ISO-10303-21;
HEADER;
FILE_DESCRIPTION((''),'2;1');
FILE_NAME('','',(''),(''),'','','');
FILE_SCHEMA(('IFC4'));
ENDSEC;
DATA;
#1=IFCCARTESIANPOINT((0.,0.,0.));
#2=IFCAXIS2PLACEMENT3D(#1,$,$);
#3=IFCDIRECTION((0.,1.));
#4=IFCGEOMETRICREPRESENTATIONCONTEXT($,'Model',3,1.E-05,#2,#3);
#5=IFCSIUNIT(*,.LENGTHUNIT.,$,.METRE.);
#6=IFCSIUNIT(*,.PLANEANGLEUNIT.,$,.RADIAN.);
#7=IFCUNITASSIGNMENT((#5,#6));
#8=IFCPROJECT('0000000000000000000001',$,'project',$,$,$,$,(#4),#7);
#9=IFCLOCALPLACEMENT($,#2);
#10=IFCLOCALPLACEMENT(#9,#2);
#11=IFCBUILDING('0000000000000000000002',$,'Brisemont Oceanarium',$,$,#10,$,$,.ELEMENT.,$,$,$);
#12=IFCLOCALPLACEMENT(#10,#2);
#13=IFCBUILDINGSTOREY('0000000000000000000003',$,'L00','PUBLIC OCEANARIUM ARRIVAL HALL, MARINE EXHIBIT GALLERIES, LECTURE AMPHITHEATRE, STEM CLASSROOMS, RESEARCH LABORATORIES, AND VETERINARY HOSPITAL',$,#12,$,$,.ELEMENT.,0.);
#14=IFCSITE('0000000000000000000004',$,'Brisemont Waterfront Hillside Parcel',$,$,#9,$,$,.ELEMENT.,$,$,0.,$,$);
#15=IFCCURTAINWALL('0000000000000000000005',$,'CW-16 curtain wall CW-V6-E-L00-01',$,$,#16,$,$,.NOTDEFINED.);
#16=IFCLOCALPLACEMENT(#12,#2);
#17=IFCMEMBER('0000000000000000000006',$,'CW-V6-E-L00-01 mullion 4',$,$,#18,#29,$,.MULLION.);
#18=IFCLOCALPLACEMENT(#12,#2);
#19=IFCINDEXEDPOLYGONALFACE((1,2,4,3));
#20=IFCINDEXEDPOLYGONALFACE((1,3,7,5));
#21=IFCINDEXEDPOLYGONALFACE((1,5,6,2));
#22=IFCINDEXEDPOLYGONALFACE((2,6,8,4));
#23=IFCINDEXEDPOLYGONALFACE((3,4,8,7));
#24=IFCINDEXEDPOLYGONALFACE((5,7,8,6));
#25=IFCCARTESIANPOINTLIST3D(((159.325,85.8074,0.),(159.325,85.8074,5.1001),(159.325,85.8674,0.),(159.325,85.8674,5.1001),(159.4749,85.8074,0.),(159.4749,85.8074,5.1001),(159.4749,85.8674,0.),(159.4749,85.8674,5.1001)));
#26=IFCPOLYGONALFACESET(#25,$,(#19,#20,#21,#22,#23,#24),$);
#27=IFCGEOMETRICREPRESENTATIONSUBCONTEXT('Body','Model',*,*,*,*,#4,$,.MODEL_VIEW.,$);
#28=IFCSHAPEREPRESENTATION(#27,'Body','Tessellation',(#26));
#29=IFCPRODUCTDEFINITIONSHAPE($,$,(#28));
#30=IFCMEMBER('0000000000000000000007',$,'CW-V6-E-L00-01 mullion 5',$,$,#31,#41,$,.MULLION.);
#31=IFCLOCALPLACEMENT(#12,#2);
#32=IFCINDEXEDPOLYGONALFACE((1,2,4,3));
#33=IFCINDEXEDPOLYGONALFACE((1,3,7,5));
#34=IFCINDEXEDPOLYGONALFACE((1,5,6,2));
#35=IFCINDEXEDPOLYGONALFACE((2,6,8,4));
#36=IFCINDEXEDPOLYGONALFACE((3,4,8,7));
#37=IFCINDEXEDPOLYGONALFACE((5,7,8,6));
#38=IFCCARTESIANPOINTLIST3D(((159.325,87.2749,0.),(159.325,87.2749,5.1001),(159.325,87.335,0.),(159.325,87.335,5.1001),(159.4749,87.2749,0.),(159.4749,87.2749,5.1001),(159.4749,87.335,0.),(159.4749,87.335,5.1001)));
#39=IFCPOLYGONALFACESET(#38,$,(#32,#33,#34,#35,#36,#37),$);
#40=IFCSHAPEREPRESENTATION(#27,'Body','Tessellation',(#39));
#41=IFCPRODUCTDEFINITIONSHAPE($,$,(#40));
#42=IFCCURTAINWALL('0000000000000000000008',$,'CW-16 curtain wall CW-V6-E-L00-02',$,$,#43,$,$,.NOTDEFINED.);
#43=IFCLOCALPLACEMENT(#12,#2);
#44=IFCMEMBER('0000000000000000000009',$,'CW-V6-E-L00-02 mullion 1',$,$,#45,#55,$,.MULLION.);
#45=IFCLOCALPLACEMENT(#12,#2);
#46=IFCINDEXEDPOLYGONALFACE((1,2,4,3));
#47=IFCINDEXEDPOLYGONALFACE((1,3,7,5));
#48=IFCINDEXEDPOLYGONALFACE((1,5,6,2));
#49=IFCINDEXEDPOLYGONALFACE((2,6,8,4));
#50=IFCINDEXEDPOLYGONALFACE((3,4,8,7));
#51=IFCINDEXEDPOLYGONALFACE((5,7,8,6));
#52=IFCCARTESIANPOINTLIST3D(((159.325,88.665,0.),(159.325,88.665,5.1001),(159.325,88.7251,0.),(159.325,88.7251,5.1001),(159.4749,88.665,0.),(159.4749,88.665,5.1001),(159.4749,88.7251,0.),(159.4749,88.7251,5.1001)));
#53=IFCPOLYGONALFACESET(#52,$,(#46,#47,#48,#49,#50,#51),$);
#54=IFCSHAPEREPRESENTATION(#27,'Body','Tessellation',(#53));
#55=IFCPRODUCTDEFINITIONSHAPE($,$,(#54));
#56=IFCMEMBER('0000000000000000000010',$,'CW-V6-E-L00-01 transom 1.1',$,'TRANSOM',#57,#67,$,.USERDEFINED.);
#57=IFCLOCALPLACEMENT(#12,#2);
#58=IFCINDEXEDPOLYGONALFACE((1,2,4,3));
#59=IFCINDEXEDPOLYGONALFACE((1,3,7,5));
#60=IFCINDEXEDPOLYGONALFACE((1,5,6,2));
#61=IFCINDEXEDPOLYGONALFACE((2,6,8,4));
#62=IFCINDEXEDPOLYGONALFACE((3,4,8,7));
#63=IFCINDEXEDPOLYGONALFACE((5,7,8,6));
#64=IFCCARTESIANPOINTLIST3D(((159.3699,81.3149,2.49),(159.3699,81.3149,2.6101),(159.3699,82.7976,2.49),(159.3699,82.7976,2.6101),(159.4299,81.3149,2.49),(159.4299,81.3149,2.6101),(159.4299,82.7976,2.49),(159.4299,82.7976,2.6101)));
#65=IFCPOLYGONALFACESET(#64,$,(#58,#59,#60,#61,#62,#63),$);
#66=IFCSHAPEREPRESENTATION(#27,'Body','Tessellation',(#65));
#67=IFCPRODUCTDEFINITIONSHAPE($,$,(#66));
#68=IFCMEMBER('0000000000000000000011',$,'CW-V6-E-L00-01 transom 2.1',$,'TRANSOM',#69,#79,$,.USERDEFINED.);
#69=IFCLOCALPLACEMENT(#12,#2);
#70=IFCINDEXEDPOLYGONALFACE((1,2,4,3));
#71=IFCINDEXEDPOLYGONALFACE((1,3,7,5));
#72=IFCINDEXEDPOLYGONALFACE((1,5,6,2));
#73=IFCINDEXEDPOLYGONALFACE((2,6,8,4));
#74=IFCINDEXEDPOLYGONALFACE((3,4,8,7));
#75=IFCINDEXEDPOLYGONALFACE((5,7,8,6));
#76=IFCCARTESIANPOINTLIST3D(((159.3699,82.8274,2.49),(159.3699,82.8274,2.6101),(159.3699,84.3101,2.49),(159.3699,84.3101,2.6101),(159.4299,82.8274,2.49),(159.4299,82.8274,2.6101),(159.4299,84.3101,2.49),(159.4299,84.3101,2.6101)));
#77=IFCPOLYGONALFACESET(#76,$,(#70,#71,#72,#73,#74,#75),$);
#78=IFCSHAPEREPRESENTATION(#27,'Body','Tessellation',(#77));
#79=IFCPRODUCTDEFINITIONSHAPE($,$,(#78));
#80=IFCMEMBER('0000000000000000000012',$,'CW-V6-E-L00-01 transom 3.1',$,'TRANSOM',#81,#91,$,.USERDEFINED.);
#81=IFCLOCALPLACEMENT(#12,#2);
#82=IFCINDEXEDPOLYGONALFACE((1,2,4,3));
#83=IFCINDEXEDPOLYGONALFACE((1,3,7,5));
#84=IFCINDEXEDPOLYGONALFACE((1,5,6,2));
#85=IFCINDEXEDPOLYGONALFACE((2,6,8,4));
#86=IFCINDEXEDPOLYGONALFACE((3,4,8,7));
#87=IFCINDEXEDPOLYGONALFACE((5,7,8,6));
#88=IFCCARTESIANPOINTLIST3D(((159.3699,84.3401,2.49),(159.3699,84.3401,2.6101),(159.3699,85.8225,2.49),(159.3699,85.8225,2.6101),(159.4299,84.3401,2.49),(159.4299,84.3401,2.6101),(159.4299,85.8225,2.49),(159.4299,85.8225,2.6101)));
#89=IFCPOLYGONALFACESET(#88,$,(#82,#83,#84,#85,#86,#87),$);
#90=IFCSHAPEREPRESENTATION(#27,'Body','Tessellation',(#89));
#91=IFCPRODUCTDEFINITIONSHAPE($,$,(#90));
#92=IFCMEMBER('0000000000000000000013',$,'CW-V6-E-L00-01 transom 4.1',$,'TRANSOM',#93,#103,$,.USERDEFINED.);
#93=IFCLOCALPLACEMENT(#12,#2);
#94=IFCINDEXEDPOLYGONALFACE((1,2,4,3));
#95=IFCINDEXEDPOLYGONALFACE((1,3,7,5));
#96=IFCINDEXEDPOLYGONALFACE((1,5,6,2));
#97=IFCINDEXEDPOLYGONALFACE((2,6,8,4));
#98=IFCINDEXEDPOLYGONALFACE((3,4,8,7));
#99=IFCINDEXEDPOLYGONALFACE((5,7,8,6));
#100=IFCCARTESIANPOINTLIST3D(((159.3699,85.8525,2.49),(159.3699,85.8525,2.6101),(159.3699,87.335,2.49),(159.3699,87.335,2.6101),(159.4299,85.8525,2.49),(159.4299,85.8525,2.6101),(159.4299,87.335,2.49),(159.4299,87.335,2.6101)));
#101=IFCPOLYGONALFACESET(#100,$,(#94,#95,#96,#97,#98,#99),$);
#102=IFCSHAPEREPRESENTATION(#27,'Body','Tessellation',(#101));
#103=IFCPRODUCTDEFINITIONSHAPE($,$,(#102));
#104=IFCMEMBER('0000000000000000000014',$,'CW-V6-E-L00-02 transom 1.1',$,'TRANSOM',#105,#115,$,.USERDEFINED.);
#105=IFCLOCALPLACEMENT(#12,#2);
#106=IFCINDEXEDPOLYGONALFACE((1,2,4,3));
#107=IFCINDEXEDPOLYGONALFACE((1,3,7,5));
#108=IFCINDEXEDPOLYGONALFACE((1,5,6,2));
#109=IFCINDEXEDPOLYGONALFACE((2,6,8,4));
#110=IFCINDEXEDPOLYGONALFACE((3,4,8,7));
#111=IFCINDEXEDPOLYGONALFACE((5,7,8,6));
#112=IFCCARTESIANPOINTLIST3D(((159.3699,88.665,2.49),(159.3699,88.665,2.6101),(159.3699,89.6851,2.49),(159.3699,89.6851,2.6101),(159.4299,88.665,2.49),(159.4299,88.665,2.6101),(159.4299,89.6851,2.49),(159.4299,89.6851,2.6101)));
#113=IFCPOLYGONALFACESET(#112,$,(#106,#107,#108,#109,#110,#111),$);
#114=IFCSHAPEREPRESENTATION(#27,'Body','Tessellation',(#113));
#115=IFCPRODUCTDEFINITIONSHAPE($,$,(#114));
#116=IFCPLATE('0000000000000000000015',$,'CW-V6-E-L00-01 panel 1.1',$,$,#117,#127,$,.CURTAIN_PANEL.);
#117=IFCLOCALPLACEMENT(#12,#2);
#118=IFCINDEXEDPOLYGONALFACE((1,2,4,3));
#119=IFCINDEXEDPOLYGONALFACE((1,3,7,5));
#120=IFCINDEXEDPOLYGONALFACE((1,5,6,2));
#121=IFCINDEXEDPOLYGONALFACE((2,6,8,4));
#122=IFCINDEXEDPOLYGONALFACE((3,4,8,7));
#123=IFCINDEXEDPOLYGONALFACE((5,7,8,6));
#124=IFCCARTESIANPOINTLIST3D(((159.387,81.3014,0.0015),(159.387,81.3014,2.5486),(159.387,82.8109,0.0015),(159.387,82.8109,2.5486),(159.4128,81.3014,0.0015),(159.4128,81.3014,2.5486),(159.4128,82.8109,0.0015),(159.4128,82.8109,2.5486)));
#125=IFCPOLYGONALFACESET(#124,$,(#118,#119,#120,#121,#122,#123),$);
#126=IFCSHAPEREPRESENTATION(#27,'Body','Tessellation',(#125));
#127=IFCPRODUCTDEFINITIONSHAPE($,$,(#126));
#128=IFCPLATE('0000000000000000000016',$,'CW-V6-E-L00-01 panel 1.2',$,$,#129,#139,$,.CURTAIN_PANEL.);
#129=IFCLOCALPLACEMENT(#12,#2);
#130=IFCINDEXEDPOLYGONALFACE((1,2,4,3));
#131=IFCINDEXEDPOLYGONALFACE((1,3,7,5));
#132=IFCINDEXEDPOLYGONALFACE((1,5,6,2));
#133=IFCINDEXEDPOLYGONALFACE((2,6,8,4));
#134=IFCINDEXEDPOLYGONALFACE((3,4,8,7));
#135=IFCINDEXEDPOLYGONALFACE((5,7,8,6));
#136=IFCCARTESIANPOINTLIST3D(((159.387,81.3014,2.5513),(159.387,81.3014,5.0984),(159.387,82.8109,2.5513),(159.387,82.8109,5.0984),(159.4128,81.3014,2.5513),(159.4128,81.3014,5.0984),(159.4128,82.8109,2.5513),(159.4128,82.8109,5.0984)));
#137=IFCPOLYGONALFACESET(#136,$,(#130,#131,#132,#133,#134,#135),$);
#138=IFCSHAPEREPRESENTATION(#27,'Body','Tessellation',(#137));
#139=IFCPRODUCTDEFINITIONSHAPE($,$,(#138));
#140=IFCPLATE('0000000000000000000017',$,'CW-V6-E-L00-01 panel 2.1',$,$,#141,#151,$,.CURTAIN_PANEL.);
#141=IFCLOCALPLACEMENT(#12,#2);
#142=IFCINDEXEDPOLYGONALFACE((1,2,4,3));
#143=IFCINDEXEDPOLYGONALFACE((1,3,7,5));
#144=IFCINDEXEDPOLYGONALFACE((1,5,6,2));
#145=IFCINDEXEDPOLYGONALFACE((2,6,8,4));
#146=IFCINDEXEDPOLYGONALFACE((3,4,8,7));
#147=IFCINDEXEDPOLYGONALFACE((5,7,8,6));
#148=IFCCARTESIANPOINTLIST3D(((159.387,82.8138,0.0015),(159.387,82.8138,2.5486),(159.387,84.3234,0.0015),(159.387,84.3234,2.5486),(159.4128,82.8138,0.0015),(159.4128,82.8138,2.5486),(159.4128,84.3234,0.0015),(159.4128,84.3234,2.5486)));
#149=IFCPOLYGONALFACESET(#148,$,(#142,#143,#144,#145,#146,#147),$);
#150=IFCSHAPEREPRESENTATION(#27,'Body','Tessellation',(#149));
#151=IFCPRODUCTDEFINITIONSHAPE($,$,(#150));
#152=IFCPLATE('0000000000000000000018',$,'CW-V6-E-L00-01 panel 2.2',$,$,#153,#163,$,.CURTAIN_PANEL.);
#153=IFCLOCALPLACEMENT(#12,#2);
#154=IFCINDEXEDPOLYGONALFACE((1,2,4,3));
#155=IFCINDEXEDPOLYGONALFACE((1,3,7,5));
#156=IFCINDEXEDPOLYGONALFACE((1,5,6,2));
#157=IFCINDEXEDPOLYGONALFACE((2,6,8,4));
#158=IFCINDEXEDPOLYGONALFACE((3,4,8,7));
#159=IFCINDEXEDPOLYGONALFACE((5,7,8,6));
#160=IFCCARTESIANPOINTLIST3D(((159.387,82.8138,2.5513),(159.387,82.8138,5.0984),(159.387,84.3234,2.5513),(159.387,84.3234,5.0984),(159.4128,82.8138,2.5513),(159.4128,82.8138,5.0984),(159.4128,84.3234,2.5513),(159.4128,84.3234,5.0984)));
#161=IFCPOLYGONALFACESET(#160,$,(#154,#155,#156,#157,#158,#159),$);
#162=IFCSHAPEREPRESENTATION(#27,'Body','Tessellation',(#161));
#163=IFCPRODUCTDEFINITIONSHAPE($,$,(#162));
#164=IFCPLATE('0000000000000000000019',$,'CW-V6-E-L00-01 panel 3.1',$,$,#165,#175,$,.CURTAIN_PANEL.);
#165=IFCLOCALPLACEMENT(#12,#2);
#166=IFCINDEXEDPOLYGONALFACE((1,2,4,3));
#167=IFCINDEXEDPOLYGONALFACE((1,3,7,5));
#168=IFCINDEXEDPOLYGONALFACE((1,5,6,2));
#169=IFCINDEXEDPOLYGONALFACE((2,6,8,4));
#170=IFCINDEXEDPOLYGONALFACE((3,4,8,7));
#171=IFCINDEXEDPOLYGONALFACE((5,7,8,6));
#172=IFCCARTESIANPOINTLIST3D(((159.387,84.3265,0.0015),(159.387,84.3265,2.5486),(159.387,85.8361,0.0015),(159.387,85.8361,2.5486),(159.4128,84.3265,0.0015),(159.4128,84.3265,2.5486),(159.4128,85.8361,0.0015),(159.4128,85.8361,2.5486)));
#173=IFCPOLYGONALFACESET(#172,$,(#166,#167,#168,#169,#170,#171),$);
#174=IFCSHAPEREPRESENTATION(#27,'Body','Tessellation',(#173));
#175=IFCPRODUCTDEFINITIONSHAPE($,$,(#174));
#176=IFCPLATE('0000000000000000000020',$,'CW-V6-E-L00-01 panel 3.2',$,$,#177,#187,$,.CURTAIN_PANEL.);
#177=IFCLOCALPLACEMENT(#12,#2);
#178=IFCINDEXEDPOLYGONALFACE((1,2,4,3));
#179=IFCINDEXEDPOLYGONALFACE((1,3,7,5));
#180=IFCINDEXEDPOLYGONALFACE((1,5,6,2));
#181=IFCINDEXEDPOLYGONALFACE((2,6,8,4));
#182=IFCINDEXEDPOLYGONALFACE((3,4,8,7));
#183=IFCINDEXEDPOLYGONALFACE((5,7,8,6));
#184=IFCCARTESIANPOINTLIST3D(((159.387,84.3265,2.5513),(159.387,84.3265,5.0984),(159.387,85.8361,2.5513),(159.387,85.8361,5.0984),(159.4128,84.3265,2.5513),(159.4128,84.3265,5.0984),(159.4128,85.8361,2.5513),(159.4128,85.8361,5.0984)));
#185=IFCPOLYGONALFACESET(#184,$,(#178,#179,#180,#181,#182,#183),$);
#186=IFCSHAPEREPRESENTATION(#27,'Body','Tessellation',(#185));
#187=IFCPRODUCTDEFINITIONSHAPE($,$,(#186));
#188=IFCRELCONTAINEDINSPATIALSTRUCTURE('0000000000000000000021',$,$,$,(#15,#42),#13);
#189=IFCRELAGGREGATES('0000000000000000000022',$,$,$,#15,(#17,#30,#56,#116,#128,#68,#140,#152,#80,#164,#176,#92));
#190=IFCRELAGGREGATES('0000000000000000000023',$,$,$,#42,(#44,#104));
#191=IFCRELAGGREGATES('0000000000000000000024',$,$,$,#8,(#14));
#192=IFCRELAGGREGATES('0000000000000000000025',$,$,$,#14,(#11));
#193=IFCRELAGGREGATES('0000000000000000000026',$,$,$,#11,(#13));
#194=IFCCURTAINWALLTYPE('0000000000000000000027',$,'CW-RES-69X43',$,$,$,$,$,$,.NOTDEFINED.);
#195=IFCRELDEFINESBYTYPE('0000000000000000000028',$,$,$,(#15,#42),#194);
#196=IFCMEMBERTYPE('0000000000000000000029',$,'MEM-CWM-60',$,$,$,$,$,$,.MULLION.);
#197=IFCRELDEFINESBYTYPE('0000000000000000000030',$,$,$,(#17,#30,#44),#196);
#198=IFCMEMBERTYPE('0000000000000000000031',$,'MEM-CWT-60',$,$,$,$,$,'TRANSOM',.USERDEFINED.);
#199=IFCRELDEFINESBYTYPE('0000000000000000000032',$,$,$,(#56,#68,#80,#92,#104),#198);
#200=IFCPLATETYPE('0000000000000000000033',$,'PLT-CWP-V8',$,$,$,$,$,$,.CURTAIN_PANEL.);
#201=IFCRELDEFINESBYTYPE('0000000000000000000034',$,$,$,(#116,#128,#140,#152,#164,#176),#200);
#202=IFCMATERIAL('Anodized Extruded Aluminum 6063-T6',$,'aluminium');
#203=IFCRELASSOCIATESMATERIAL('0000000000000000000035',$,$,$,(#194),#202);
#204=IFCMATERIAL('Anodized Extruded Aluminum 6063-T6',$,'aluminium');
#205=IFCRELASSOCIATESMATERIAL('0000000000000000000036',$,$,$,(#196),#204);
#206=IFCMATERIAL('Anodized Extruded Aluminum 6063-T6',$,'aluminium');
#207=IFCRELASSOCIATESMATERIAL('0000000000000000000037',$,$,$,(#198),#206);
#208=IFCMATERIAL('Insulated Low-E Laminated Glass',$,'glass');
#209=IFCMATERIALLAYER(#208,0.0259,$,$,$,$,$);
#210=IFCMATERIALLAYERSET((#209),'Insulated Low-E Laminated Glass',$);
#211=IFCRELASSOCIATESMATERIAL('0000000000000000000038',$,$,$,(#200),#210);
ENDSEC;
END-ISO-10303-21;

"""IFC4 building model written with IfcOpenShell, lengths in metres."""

from ifc_helpers import new_model, si_unit, direction, frame, origin, origin_2d, place, context, subcontext, project, spatial, rectangle, extrude, material, layer, layer_set, material_profile, profile_set, type_object, element, aggregate, save


model = new_model("IFC4")

# Units and contexts
model_context = context("Model", 3, precision=1e-05, world=origin(), true_north=direction((0.0, 1.0)))
body_context = subcontext(model_context, "Body", "Model", "MODEL_VIEW")
ifc_project = project(units=[si_unit("LENGTHUNIT", "METRE"), si_unit("PLANEANGLEUNIT", "RADIAN")], contexts=[model_context])

# Site, building, storey
site_placement = place(None, origin())
site = spatial("IfcSite", under=ifc_project, at=site_placement, Name="Brisemont Waterfront Hillside Parcel", CompositionType="ELEMENT", RefElevation=0.0)
building_placement = place(site_placement, origin())
building = spatial("IfcBuilding", under=site, at=building_placement, Name="Brisemont Oceanarium", CompositionType="ELEMENT")
storey_placement = place(building_placement, origin())
storey = spatial("IfcBuildingStorey", under=building, at=storey_placement, Name="L00", Description="PUBLIC OCEANARIUM ARRIVAL HALL, MARINE EXHIBIT GALLERIES, LECTURE AMPHITHEATRE, STEM CLASSROOMS, RESEARCH LABORATORIES, AND VETERINARY HOSPITAL", CompositionType="ELEMENT", Elevation=0.0)

# Curtain wall, members
ifc_material_1 = material(Name="Anodized Extruded Aluminum 6063-T6", Category="aluminium")
curtain_wall_type = type_object("IfcCurtainWallType", Name="CW-RES-69X43", PredefinedType="NOTDEFINED", material=ifc_material_1)
curtain_wall_1_placement = place(storey_placement, origin())
curtain_wall_1 = element("IfcCurtainWall", 1, at=curtain_wall_1_placement, inside=storey, type_object=curtain_wall_type, Name="CW-16 curtain wall CW-V6-E-L00-01", PredefinedType="NOTDEFINED")
ifc_material_2 = material(Name="Anodized Extruded Aluminum 6063-T6", Category="aluminium")
ifc_material_profile_1 = material_profile(ifc_material_2, rectangle(XDim=0.0601, YDim=0.1499, at=origin_2d()), Name="CWM-60X150")
ifc_profile_set_1 = profile_set([ifc_material_profile_1], Name="Anodized Extruded Aluminum 6063-T6")
member_type_1 = type_object("IfcMemberType", Name="MEM-CWM-60", PredefinedType="MULLION", material=ifc_profile_set_1)
member_1_placement = place(storey_placement, frame((159.3999, 85.8374, 0.0), z_axis=(0.0, 0.0, 1.0), x_axis=(0.0, 1.0, 0.0)))
member_1 = element("IfcMember", 2, at=member_1_placement, type_object=member_type_1, Name="CW-V6-E-L00-01 mullion 4", PredefinedType="MULLION", context=body_context, shape_type="SweptSolid", body=[
    extrude(rectangle(XDim=0.0601, YDim=0.1499, at=origin_2d()), origin(), (0.0, 0.0, 1.0), 5.1001),
])
member_2_placement = place(storey_placement, frame((159.3999, 87.3049, 0.0), z_axis=(0.0, 0.0, 1.0), x_axis=(0.0, 1.0, 0.0)))
member_2 = element("IfcMember", 3, at=member_2_placement, type_object=member_type_1, Name="CW-V6-E-L00-01 mullion 5", PredefinedType="MULLION", context=body_context, shape_type="SweptSolid", body=[
    extrude(rectangle(XDim=0.0601, YDim=0.1499, at=origin_2d()), origin(), (0.0, 0.0, 1.0), 5.1001),
])

# Curtain wall, member
curtain_wall_2_placement = place(storey_placement, origin())
curtain_wall_2 = element("IfcCurtainWall", 4, at=curtain_wall_2_placement, inside=storey, type_object=curtain_wall_type, Name="CW-16 curtain wall CW-V6-E-L00-02", PredefinedType="NOTDEFINED")
member_3_placement = place(storey_placement, frame((159.3999, 88.6951, 0.0), z_axis=(0.0, 0.0, 1.0), x_axis=(0.0, 1.0, 0.0)))
member_3 = element("IfcMember", 5, at=member_3_placement, type_object=member_type_1, Name="CW-V6-E-L00-02 mullion 1", PredefinedType="MULLION", context=body_context, shape_type="SweptSolid", body=[
    extrude(rectangle(XDim=0.0601, YDim=0.1499, at=origin_2d()), origin(), (0.0, 0.0, 1.0), 5.1001),
])

# Members
ifc_material_3 = material(Name="Anodized Extruded Aluminum 6063-T6", Category="aluminium")
ifc_material_profile_2 = material_profile(ifc_material_3, rectangle(XDim=0.0601, YDim=0.1201, at=origin_2d()), Name="CWT-60X120")
ifc_profile_set_2 = profile_set([ifc_material_profile_2], Name="Anodized Extruded Aluminum 6063-T6")
member_type_2 = type_object("IfcMemberType", Name="MEM-CWT-60", ElementType="TRANSOM", PredefinedType="USERDEFINED", material=ifc_profile_set_2)
member_4_placement = place(storey_placement, frame((159.3999, 81.3149, 2.55), z_axis=(0.0, 1.0, 0.0), x_axis=(-1.0, 0.0, 0.0)))
member_4 = element("IfcMember", 6, at=member_4_placement, type_object=member_type_2, Name="CW-V6-E-L00-01 transom 1.1", ObjectType="TRANSOM", PredefinedType="USERDEFINED", context=body_context, shape_type="SweptSolid", body=[
    extrude(rectangle(XDim=0.0601, YDim=0.1201, at=origin_2d()), origin(), (0.0, 0.0, 1.0), 1.4827),
])
member_5_placement = place(storey_placement, frame((159.3999, 82.8274, 2.55), z_axis=(0.0, 1.0, 0.0), x_axis=(-1.0, 0.0, 0.0)))
member_5 = element("IfcMember", 7, at=member_5_placement, type_object=member_type_2, Name="CW-V6-E-L00-01 transom 2.1", ObjectType="TRANSOM", PredefinedType="USERDEFINED", context=body_context, shape_type="SweptSolid", body=[
    extrude(rectangle(XDim=0.0601, YDim=0.1201, at=origin_2d()), origin(), (0.0, 0.0, 1.0), 1.4827),
])
member_6_placement = place(storey_placement, frame((159.3999, 84.3401, 2.55), z_axis=(0.0, 1.0, 0.0), x_axis=(-1.0, 0.0, 0.0)))
member_6 = element("IfcMember", 8, at=member_6_placement, type_object=member_type_2, Name="CW-V6-E-L00-01 transom 3.1", ObjectType="TRANSOM", PredefinedType="USERDEFINED", context=body_context, shape_type="SweptSolid", body=[
    extrude(rectangle(XDim=0.0601, YDim=0.1201, at=origin_2d()), origin(), (0.0, 0.0, 1.0), 1.4824),
])
member_7_placement = place(storey_placement, frame((159.3999, 85.8525, 2.55), z_axis=(0.0, 1.0, 0.0), x_axis=(-1.0, 0.0, 0.0)))
member_7 = element("IfcMember", 9, at=member_7_placement, type_object=member_type_2, Name="CW-V6-E-L00-01 transom 4.1", ObjectType="TRANSOM", PredefinedType="USERDEFINED", context=body_context, shape_type="SweptSolid", body=[
    extrude(rectangle(XDim=0.0601, YDim=0.1201, at=origin_2d()), origin(), (0.0, 0.0, 1.0), 1.4824),
])
member_8_placement = place(storey_placement, frame((159.3999, 88.665, 2.55), z_axis=(0.0, 1.0, 0.0), x_axis=(-1.0, 0.0, 0.0)))
member_8 = element("IfcMember", 10, at=member_8_placement, type_object=member_type_2, Name="CW-V6-E-L00-02 transom 1.1", ObjectType="TRANSOM", PredefinedType="USERDEFINED", context=body_context, shape_type="SweptSolid", body=[
    extrude(rectangle(XDim=0.0601, YDim=0.1201, at=origin_2d()), origin(), (0.0, 0.0, 1.0), 1.02),
])

# Plates
ifc_material_4 = material(Name="Insulated Low-E Laminated Glass", Category="glass")
ifc_layer_1 = layer(ifc_material_4, 0.0259)
ifc_layer_set_1 = layer_set([ifc_layer_1], Name="Insulated Low-E Laminated Glass")
plate_type = type_object("IfcPlateType", Name="PLT-CWP-V8", PredefinedType="CURTAIN_PANEL", material=ifc_layer_set_1)
plate_1_placement = place(storey_placement, frame((159.3999, 82.0562, 0.0015), z_axis=(0.0, 0.0, 1.0), x_axis=(0.0, 1.0, 0.0)))
plate_1 = element("IfcPlate", 11, at=plate_1_placement, type_object=plate_type, Name="CW-V6-E-L00-01 panel 1.1", PredefinedType="CURTAIN_PANEL", context=body_context, shape_type="SweptSolid", body=[
    extrude(rectangle(XDim=1.5095, YDim=0.0259, at=origin_2d()), origin(), (0.0, 0.0, 1.0), 2.5471),
])
plate_2_placement = place(storey_placement, frame((159.3999, 82.0562, 2.5513), z_axis=(0.0, 0.0, 1.0), x_axis=(0.0, 1.0, 0.0)))
plate_2 = element("IfcPlate", 12, at=plate_2_placement, type_object=plate_type, Name="CW-V6-E-L00-01 panel 1.2", PredefinedType="CURTAIN_PANEL", context=body_context, shape_type="SweptSolid", body=[
    extrude(rectangle(XDim=1.5095, YDim=0.0259, at=origin_2d()), origin(), (0.0, 0.0, 1.0), 2.5471),
])
plate_3_placement = place(storey_placement, frame((159.3999, 83.5686, 0.0015), z_axis=(0.0, 0.0, 1.0), x_axis=(0.0, 1.0, 0.0)))
plate_3 = element("IfcPlate", 13, at=plate_3_placement, type_object=plate_type, Name="CW-V6-E-L00-01 panel 2.1", PredefinedType="CURTAIN_PANEL", context=body_context, shape_type="SweptSolid", body=[
    extrude(rectangle(XDim=1.5095, YDim=0.0259, at=origin_2d()), origin(), (0.0, 0.0, 1.0), 2.5471),
])
plate_4_placement = place(storey_placement, frame((159.3999, 83.5686, 2.5513), z_axis=(0.0, 0.0, 1.0), x_axis=(0.0, 1.0, 0.0)))
plate_4 = element("IfcPlate", 14, at=plate_4_placement, type_object=plate_type, Name="CW-V6-E-L00-01 panel 2.2", PredefinedType="CURTAIN_PANEL", context=body_context, shape_type="SweptSolid", body=[
    extrude(rectangle(XDim=1.5095, YDim=0.0259, at=origin_2d()), origin(), (0.0, 0.0, 1.0), 2.5471),
])
plate_5_placement = place(storey_placement, frame((159.3999, 85.0813, 0.0015), z_axis=(0.0, 0.0, 1.0), x_axis=(0.0, 1.0, 0.0)))
plate_5 = element("IfcPlate", 15, at=plate_5_placement, type_object=plate_type, Name="CW-V6-E-L00-01 panel 3.1", PredefinedType="CURTAIN_PANEL", context=body_context, shape_type="SweptSolid", body=[
    extrude(rectangle(XDim=1.5095, YDim=0.0259, at=origin_2d()), origin(), (0.0, 0.0, 1.0), 2.5471),
])
plate_6_placement = place(storey_placement, frame((159.3999, 85.0813, 2.5513), z_axis=(0.0, 0.0, 1.0), x_axis=(0.0, 1.0, 0.0)))
plate_6 = element("IfcPlate", 16, at=plate_6_placement, type_object=plate_type, Name="CW-V6-E-L00-01 panel 3.2", PredefinedType="CURTAIN_PANEL", context=body_context, shape_type="SweptSolid", body=[
    extrude(rectangle(XDim=1.5095, YDim=0.0259, at=origin_2d()), origin(), (0.0, 0.0, 1.0), 2.5471),
])
aggregate(curtain_wall_1, [member_1, member_2, member_4, plate_1, plate_2, member_5, plate_3, plate_4, member_6, plate_5, plate_6, member_7])
aggregate(curtain_wall_2, [member_3, member_8])

save(model, "model.ifc")
